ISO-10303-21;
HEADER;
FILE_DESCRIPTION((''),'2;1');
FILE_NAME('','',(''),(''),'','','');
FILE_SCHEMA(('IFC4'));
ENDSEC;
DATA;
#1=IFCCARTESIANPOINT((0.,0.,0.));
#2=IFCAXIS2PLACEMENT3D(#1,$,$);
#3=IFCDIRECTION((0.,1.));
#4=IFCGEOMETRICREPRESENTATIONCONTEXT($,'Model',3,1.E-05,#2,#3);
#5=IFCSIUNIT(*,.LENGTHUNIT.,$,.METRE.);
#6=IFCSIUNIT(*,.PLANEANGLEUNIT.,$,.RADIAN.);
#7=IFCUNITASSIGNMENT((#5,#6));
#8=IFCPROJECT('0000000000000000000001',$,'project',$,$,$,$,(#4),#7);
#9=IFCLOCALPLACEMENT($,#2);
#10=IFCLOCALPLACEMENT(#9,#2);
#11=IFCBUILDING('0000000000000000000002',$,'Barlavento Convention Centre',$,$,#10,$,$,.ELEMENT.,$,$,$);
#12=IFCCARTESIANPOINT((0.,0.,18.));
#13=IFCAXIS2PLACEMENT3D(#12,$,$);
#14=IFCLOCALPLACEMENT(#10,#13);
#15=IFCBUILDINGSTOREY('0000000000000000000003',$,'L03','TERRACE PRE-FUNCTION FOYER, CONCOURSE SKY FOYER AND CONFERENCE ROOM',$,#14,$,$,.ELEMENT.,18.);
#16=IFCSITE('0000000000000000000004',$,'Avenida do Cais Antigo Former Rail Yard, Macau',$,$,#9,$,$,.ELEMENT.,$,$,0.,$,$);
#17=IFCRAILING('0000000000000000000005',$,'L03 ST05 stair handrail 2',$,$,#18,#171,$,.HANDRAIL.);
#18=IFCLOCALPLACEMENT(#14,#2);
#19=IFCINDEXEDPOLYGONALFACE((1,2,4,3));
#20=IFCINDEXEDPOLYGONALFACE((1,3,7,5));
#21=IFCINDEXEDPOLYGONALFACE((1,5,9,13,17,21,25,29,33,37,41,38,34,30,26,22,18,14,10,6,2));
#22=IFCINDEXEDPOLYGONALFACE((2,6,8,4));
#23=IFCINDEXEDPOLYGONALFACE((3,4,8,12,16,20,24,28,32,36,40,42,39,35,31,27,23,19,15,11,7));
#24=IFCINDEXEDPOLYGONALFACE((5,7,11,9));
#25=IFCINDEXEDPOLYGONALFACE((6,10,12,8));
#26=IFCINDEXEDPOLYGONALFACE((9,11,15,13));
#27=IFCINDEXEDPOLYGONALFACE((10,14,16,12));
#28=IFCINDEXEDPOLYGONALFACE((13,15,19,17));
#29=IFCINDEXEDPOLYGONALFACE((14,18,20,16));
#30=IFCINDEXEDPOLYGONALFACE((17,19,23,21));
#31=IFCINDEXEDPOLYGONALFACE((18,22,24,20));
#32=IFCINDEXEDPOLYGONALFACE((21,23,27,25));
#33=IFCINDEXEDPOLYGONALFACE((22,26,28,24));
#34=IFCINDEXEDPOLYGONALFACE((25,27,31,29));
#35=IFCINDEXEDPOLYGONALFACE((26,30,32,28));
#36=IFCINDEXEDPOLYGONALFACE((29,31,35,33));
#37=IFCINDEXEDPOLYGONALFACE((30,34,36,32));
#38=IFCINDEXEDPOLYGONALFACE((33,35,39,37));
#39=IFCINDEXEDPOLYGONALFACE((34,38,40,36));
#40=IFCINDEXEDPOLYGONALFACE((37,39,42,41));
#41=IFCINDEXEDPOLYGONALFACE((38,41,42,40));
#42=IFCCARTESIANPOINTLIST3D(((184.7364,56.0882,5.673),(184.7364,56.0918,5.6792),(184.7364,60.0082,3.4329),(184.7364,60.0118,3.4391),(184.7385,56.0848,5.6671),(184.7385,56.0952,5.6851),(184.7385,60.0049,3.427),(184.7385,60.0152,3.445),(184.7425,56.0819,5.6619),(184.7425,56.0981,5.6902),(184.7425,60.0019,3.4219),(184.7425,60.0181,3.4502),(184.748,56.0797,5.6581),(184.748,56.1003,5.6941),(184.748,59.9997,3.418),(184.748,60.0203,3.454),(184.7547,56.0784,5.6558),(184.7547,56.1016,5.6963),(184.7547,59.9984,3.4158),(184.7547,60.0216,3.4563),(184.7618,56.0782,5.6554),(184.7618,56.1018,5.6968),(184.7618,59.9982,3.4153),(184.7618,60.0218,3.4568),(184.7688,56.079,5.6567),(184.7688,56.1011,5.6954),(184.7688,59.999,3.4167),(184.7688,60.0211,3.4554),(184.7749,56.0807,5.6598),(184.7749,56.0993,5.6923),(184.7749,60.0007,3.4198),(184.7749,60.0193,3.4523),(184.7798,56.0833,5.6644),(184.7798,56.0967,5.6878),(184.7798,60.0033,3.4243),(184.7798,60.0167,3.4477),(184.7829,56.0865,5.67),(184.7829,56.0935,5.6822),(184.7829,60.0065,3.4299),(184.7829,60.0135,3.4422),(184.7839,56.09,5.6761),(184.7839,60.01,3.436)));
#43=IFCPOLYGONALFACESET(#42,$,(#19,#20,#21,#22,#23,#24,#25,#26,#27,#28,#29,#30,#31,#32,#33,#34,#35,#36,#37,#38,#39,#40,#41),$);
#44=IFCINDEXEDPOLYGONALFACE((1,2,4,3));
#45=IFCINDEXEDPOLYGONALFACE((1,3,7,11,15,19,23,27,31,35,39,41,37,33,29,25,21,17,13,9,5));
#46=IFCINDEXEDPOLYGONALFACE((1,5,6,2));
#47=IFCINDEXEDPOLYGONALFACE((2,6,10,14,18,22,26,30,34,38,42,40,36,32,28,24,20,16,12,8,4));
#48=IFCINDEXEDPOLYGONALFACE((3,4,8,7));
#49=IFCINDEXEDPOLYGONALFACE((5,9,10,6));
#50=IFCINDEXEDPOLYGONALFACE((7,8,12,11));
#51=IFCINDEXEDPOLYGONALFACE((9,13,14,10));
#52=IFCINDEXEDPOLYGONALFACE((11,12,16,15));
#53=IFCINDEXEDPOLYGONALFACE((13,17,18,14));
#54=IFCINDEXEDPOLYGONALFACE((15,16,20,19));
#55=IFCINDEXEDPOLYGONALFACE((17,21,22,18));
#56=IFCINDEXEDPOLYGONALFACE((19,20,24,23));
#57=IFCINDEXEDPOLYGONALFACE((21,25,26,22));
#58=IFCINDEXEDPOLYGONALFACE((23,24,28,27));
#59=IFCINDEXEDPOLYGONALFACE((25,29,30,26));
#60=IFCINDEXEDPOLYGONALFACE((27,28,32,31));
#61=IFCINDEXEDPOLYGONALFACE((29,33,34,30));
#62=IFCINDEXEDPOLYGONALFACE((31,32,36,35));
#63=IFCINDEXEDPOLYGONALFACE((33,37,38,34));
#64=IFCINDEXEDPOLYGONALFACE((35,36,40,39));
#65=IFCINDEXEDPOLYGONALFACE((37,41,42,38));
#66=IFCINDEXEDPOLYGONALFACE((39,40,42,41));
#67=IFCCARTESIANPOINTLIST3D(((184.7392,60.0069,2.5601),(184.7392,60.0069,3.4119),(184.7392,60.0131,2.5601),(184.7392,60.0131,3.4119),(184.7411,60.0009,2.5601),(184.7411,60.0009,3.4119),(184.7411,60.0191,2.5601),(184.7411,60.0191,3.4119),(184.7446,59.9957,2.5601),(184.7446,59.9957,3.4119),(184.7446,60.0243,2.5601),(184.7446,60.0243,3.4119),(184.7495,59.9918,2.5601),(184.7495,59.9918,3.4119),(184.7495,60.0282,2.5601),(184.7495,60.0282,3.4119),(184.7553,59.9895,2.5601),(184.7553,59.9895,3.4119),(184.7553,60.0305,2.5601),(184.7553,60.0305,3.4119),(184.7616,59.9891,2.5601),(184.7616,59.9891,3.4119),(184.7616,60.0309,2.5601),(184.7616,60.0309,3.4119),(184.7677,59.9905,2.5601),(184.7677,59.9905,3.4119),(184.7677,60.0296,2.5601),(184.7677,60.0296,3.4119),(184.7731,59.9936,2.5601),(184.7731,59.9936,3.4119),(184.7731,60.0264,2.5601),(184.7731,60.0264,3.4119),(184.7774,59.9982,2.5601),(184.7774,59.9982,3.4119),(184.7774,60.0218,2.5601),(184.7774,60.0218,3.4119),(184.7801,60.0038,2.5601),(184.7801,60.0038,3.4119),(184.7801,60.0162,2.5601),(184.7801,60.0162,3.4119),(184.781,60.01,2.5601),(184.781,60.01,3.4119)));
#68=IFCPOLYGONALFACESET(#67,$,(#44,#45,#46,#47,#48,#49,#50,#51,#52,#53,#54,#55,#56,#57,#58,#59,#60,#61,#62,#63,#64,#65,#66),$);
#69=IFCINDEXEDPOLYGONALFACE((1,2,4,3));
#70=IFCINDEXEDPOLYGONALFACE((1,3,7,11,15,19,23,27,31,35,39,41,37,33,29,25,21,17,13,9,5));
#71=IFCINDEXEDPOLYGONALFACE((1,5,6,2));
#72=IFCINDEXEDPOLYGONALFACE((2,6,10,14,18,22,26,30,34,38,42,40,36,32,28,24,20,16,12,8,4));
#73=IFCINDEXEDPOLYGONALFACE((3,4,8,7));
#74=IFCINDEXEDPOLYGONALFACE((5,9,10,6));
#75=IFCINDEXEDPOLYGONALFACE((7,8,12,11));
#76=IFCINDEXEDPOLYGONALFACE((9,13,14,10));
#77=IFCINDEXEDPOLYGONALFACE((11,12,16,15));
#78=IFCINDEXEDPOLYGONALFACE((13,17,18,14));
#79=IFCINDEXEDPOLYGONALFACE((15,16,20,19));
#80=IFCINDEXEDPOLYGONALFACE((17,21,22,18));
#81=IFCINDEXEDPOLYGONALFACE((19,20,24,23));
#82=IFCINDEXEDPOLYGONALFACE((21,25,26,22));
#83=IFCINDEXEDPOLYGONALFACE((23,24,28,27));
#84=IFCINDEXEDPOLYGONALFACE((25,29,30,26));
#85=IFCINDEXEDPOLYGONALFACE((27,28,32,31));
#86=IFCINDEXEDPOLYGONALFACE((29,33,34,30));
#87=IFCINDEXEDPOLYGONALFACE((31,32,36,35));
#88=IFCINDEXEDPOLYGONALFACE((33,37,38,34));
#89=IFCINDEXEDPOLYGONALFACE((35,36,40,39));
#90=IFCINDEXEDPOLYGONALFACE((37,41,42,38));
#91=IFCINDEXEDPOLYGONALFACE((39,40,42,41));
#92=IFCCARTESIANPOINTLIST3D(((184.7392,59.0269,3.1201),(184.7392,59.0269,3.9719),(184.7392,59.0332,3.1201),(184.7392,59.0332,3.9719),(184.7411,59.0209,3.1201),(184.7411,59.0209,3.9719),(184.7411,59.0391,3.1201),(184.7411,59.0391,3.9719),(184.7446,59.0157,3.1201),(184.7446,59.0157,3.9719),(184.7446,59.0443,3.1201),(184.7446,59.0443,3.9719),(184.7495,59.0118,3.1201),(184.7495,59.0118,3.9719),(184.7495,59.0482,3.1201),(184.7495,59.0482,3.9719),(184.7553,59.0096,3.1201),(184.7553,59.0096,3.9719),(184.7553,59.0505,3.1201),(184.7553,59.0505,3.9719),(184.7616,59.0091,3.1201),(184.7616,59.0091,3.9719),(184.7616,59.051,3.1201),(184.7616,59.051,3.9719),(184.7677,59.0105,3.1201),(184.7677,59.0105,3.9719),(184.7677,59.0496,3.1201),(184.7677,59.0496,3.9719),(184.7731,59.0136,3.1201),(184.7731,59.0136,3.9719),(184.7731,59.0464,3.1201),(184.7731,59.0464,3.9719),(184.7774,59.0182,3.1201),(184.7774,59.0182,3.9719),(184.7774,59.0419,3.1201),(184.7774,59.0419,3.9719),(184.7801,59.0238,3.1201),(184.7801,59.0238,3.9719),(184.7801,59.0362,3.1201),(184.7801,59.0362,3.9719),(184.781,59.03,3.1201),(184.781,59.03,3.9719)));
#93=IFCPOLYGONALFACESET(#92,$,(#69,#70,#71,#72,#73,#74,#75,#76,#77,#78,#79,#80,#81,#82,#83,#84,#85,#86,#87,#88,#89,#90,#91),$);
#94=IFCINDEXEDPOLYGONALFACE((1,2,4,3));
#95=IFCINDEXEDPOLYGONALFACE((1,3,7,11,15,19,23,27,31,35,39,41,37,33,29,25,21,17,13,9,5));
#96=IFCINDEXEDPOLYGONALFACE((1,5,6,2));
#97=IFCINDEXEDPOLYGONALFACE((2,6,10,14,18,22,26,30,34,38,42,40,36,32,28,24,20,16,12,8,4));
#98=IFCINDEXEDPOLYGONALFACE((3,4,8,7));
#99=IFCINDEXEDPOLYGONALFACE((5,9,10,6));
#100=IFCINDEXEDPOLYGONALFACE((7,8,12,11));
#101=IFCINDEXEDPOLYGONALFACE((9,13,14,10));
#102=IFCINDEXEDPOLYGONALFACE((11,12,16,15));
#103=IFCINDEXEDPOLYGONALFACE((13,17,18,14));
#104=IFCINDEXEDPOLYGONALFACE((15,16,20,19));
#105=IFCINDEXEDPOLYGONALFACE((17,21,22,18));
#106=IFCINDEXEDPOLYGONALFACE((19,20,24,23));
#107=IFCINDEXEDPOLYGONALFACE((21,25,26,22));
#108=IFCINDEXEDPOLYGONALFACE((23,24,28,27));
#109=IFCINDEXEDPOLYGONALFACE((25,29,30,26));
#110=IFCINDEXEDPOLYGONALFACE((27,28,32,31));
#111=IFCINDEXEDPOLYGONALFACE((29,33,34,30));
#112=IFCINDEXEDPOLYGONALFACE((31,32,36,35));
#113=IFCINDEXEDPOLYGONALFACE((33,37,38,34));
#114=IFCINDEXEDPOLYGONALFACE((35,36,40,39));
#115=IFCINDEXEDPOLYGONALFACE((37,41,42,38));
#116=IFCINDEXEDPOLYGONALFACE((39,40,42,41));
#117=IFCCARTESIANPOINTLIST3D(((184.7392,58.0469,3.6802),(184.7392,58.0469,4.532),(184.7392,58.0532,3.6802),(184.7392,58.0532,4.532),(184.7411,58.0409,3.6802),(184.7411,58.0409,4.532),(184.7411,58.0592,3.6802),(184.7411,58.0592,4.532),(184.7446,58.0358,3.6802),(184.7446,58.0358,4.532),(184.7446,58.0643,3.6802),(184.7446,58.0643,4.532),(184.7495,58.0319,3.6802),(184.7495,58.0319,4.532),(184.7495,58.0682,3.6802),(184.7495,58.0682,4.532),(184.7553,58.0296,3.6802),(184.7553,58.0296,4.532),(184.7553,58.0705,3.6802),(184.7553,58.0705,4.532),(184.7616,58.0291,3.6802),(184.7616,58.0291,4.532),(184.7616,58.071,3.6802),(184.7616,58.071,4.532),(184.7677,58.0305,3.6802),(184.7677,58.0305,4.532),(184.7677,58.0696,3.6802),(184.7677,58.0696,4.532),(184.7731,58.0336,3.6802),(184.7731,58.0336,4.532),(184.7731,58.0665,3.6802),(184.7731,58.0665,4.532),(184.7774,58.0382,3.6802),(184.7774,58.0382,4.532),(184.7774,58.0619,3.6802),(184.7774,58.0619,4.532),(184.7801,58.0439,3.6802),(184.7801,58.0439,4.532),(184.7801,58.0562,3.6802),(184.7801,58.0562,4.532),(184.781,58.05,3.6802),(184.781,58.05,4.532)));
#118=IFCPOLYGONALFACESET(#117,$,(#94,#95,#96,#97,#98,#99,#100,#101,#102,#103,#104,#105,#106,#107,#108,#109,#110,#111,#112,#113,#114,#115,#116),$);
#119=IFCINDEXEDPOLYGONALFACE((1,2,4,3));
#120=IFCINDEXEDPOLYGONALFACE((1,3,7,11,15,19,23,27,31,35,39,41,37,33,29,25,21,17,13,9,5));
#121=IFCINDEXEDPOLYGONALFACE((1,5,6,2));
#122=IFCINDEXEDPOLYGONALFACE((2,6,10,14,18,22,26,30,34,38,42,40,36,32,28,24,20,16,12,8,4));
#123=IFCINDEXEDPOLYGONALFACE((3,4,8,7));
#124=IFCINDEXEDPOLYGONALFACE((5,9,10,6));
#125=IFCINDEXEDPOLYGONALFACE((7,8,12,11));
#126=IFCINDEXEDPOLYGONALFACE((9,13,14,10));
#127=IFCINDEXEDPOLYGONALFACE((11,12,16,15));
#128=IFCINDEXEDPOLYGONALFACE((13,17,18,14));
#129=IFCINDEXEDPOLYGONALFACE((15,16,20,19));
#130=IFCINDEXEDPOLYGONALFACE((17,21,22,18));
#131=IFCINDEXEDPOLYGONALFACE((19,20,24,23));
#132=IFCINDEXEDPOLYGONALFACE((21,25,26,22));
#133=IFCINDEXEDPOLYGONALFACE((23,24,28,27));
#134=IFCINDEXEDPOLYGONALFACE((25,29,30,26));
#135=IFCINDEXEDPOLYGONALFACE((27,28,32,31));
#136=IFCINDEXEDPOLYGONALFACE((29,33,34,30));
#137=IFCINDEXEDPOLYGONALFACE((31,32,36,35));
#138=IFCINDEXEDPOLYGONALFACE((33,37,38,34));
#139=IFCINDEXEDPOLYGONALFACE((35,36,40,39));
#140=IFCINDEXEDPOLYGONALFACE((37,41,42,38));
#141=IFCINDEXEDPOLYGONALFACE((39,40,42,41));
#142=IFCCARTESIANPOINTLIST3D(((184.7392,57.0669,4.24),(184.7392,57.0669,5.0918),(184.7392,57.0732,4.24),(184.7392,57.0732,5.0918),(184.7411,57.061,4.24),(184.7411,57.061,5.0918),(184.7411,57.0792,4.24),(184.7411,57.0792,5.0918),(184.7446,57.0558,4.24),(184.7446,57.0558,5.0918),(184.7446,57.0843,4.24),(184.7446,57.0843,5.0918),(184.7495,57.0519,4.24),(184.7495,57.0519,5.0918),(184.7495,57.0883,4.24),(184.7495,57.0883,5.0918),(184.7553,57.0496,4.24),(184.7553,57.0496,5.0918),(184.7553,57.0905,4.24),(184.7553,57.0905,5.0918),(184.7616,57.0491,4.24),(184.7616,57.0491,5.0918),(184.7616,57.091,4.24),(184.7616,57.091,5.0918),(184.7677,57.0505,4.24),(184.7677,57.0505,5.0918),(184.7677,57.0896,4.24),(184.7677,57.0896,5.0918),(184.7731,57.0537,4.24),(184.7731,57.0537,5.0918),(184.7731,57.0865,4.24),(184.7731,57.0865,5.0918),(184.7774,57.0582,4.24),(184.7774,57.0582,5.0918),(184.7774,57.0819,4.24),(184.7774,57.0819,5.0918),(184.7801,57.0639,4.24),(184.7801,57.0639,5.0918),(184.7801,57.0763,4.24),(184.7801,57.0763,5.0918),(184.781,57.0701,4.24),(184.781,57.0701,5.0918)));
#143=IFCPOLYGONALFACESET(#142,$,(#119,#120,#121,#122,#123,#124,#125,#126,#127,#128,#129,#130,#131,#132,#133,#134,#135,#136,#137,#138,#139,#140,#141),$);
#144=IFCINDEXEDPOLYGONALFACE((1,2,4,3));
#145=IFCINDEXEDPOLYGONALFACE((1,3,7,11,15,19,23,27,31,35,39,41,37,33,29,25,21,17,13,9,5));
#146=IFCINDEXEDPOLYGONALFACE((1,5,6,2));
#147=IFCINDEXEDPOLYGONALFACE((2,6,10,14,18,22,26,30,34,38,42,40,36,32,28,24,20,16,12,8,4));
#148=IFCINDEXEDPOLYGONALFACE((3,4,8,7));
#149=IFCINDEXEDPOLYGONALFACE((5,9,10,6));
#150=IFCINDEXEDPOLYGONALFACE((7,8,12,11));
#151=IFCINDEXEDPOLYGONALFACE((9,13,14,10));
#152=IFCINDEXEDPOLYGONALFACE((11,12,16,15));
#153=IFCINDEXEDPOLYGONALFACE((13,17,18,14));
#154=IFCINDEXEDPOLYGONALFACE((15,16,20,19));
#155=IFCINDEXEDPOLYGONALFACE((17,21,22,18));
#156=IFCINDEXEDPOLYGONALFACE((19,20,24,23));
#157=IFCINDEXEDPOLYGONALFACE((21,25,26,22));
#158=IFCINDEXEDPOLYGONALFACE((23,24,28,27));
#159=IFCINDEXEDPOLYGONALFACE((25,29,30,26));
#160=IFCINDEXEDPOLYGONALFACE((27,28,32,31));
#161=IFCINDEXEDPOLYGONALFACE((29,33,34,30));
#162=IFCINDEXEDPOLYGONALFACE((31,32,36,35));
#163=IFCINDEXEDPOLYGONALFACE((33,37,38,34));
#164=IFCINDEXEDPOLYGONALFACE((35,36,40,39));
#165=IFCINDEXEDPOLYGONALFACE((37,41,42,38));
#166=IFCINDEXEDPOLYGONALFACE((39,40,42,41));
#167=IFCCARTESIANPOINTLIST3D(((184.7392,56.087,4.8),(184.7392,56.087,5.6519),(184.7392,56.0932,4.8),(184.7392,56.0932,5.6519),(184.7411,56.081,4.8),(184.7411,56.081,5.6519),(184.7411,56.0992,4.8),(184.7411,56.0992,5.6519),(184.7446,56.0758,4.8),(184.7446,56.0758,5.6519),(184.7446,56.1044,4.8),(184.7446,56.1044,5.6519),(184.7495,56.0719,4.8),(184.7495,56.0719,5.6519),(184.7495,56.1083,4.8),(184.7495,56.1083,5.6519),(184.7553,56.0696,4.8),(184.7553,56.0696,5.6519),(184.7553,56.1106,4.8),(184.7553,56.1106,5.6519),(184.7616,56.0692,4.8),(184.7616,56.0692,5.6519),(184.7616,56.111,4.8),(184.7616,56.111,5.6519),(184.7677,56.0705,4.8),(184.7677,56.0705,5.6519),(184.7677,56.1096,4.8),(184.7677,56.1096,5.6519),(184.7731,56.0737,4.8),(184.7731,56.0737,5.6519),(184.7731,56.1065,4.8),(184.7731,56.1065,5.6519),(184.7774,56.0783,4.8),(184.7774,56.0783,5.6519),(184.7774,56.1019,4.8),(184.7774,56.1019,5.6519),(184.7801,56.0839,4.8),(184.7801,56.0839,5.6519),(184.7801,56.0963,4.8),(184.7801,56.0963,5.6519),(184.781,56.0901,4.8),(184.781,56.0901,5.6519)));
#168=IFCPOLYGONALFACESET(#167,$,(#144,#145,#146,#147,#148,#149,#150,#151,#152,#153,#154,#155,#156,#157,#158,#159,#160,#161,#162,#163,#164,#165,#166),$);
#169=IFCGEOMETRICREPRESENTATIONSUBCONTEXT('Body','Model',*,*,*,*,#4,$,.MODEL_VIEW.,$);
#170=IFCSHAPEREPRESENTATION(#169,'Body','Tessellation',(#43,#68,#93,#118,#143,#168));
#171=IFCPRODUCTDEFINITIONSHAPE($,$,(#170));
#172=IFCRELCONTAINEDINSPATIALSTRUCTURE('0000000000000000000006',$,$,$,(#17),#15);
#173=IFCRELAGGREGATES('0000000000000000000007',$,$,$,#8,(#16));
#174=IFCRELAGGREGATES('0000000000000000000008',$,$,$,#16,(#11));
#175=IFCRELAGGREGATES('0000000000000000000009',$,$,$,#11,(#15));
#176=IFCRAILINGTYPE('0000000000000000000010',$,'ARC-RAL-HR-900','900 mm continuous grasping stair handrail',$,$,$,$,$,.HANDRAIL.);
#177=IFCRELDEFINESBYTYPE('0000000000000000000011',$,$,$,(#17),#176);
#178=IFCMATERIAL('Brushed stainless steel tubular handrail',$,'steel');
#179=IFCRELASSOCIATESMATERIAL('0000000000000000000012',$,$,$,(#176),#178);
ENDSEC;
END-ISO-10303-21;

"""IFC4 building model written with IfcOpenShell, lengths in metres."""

from ifc_helpers import new_model, si_unit, direction, frame, origin, origin_2d, place, context, subcontext, project, spatial, circle, extrude, material, type_object, element, save


model = new_model("IFC4")

# Units and contexts
model_context = context("Model", 3, precision=1e-05, world=origin(), true_north=direction((0.0, 1.0)))
body_context = subcontext(model_context, "Body", "Model", "MODEL_VIEW")
ifc_project = project(units=[si_unit("LENGTHUNIT", "METRE"), si_unit("PLANEANGLEUNIT", "RADIAN")], contexts=[model_context])

# Site, building, storey
site_placement = place(None, origin())
site = spatial("IfcSite", under=ifc_project, at=site_placement, Name="Avenida do Cais Antigo Former Rail Yard, Macau", CompositionType="ELEMENT", RefElevation=0.0)
building_placement = place(site_placement, origin())
building = spatial("IfcBuilding", under=site, at=building_placement, Name="Barlavento Convention Centre", CompositionType="ELEMENT")
storey_placement = place(building_placement, frame((0.0, 0.0, 18.0)))
storey = spatial("IfcBuildingStorey", under=building, at=storey_placement, Name="L03", Description="TERRACE PRE-FUNCTION FOYER, CONCOURSE SKY FOYER AND CONFERENCE ROOM", CompositionType="ELEMENT", Elevation=18.0)

# Railing
ifc_material_1 = material(Name="Brushed stainless steel tubular handrail", Category="steel")
railing_type_1 = type_object("IfcRailingType", Name="ARC-RAL-HR-900", Description="900 mm continuous grasping stair handrail", PredefinedType="HANDRAIL", material=ifc_material_1)
railing_1_placement = place(storey_placement, frame((184.76, 60.01, 2.5601)))
element("IfcRailing", 1, at=railing_1_placement, inside=storey, type_object=railing_type_1, Name="L03 ST05 stair handrail 2", PredefinedType="HANDRAIL", context=body_context, shape_type="SweptSolid", body=[
    extrude(circle(Radius=0.0239, at=origin_2d()), frame((0.0, 0.0, 0.876), z_axis=(0.0, -0.86824, 0.496145), x_axis=(1.0, 0.0, 0.0)), (0.0, 0.0, 1.0), 4.5149),
    extrude(circle(Radius=0.021, at=origin_2d()), origin(), (0.0, 0.0, 1.0), 0.8518),
    extrude(circle(Radius=0.021, at=origin_2d()), frame((0.0, -0.98, 0.5601)), (0.0, 0.0, 1.0), 0.8518),
    extrude(circle(Radius=0.021, at=origin_2d()), frame((0.0, -1.96, 1.1201)), (0.0, 0.0, 1.0), 0.8518),
    extrude(circle(Radius=0.021, at=origin_2d()), frame((0.0, -2.9399, 1.6799)), (0.0, 0.0, 1.0), 0.8518),
    extrude(circle(Radius=0.021, at=origin_2d()), frame((0.0, -3.9199, 2.24)), (0.0, 0.0, 1.0), 0.8518),
])

save(model, "model.ifc")
